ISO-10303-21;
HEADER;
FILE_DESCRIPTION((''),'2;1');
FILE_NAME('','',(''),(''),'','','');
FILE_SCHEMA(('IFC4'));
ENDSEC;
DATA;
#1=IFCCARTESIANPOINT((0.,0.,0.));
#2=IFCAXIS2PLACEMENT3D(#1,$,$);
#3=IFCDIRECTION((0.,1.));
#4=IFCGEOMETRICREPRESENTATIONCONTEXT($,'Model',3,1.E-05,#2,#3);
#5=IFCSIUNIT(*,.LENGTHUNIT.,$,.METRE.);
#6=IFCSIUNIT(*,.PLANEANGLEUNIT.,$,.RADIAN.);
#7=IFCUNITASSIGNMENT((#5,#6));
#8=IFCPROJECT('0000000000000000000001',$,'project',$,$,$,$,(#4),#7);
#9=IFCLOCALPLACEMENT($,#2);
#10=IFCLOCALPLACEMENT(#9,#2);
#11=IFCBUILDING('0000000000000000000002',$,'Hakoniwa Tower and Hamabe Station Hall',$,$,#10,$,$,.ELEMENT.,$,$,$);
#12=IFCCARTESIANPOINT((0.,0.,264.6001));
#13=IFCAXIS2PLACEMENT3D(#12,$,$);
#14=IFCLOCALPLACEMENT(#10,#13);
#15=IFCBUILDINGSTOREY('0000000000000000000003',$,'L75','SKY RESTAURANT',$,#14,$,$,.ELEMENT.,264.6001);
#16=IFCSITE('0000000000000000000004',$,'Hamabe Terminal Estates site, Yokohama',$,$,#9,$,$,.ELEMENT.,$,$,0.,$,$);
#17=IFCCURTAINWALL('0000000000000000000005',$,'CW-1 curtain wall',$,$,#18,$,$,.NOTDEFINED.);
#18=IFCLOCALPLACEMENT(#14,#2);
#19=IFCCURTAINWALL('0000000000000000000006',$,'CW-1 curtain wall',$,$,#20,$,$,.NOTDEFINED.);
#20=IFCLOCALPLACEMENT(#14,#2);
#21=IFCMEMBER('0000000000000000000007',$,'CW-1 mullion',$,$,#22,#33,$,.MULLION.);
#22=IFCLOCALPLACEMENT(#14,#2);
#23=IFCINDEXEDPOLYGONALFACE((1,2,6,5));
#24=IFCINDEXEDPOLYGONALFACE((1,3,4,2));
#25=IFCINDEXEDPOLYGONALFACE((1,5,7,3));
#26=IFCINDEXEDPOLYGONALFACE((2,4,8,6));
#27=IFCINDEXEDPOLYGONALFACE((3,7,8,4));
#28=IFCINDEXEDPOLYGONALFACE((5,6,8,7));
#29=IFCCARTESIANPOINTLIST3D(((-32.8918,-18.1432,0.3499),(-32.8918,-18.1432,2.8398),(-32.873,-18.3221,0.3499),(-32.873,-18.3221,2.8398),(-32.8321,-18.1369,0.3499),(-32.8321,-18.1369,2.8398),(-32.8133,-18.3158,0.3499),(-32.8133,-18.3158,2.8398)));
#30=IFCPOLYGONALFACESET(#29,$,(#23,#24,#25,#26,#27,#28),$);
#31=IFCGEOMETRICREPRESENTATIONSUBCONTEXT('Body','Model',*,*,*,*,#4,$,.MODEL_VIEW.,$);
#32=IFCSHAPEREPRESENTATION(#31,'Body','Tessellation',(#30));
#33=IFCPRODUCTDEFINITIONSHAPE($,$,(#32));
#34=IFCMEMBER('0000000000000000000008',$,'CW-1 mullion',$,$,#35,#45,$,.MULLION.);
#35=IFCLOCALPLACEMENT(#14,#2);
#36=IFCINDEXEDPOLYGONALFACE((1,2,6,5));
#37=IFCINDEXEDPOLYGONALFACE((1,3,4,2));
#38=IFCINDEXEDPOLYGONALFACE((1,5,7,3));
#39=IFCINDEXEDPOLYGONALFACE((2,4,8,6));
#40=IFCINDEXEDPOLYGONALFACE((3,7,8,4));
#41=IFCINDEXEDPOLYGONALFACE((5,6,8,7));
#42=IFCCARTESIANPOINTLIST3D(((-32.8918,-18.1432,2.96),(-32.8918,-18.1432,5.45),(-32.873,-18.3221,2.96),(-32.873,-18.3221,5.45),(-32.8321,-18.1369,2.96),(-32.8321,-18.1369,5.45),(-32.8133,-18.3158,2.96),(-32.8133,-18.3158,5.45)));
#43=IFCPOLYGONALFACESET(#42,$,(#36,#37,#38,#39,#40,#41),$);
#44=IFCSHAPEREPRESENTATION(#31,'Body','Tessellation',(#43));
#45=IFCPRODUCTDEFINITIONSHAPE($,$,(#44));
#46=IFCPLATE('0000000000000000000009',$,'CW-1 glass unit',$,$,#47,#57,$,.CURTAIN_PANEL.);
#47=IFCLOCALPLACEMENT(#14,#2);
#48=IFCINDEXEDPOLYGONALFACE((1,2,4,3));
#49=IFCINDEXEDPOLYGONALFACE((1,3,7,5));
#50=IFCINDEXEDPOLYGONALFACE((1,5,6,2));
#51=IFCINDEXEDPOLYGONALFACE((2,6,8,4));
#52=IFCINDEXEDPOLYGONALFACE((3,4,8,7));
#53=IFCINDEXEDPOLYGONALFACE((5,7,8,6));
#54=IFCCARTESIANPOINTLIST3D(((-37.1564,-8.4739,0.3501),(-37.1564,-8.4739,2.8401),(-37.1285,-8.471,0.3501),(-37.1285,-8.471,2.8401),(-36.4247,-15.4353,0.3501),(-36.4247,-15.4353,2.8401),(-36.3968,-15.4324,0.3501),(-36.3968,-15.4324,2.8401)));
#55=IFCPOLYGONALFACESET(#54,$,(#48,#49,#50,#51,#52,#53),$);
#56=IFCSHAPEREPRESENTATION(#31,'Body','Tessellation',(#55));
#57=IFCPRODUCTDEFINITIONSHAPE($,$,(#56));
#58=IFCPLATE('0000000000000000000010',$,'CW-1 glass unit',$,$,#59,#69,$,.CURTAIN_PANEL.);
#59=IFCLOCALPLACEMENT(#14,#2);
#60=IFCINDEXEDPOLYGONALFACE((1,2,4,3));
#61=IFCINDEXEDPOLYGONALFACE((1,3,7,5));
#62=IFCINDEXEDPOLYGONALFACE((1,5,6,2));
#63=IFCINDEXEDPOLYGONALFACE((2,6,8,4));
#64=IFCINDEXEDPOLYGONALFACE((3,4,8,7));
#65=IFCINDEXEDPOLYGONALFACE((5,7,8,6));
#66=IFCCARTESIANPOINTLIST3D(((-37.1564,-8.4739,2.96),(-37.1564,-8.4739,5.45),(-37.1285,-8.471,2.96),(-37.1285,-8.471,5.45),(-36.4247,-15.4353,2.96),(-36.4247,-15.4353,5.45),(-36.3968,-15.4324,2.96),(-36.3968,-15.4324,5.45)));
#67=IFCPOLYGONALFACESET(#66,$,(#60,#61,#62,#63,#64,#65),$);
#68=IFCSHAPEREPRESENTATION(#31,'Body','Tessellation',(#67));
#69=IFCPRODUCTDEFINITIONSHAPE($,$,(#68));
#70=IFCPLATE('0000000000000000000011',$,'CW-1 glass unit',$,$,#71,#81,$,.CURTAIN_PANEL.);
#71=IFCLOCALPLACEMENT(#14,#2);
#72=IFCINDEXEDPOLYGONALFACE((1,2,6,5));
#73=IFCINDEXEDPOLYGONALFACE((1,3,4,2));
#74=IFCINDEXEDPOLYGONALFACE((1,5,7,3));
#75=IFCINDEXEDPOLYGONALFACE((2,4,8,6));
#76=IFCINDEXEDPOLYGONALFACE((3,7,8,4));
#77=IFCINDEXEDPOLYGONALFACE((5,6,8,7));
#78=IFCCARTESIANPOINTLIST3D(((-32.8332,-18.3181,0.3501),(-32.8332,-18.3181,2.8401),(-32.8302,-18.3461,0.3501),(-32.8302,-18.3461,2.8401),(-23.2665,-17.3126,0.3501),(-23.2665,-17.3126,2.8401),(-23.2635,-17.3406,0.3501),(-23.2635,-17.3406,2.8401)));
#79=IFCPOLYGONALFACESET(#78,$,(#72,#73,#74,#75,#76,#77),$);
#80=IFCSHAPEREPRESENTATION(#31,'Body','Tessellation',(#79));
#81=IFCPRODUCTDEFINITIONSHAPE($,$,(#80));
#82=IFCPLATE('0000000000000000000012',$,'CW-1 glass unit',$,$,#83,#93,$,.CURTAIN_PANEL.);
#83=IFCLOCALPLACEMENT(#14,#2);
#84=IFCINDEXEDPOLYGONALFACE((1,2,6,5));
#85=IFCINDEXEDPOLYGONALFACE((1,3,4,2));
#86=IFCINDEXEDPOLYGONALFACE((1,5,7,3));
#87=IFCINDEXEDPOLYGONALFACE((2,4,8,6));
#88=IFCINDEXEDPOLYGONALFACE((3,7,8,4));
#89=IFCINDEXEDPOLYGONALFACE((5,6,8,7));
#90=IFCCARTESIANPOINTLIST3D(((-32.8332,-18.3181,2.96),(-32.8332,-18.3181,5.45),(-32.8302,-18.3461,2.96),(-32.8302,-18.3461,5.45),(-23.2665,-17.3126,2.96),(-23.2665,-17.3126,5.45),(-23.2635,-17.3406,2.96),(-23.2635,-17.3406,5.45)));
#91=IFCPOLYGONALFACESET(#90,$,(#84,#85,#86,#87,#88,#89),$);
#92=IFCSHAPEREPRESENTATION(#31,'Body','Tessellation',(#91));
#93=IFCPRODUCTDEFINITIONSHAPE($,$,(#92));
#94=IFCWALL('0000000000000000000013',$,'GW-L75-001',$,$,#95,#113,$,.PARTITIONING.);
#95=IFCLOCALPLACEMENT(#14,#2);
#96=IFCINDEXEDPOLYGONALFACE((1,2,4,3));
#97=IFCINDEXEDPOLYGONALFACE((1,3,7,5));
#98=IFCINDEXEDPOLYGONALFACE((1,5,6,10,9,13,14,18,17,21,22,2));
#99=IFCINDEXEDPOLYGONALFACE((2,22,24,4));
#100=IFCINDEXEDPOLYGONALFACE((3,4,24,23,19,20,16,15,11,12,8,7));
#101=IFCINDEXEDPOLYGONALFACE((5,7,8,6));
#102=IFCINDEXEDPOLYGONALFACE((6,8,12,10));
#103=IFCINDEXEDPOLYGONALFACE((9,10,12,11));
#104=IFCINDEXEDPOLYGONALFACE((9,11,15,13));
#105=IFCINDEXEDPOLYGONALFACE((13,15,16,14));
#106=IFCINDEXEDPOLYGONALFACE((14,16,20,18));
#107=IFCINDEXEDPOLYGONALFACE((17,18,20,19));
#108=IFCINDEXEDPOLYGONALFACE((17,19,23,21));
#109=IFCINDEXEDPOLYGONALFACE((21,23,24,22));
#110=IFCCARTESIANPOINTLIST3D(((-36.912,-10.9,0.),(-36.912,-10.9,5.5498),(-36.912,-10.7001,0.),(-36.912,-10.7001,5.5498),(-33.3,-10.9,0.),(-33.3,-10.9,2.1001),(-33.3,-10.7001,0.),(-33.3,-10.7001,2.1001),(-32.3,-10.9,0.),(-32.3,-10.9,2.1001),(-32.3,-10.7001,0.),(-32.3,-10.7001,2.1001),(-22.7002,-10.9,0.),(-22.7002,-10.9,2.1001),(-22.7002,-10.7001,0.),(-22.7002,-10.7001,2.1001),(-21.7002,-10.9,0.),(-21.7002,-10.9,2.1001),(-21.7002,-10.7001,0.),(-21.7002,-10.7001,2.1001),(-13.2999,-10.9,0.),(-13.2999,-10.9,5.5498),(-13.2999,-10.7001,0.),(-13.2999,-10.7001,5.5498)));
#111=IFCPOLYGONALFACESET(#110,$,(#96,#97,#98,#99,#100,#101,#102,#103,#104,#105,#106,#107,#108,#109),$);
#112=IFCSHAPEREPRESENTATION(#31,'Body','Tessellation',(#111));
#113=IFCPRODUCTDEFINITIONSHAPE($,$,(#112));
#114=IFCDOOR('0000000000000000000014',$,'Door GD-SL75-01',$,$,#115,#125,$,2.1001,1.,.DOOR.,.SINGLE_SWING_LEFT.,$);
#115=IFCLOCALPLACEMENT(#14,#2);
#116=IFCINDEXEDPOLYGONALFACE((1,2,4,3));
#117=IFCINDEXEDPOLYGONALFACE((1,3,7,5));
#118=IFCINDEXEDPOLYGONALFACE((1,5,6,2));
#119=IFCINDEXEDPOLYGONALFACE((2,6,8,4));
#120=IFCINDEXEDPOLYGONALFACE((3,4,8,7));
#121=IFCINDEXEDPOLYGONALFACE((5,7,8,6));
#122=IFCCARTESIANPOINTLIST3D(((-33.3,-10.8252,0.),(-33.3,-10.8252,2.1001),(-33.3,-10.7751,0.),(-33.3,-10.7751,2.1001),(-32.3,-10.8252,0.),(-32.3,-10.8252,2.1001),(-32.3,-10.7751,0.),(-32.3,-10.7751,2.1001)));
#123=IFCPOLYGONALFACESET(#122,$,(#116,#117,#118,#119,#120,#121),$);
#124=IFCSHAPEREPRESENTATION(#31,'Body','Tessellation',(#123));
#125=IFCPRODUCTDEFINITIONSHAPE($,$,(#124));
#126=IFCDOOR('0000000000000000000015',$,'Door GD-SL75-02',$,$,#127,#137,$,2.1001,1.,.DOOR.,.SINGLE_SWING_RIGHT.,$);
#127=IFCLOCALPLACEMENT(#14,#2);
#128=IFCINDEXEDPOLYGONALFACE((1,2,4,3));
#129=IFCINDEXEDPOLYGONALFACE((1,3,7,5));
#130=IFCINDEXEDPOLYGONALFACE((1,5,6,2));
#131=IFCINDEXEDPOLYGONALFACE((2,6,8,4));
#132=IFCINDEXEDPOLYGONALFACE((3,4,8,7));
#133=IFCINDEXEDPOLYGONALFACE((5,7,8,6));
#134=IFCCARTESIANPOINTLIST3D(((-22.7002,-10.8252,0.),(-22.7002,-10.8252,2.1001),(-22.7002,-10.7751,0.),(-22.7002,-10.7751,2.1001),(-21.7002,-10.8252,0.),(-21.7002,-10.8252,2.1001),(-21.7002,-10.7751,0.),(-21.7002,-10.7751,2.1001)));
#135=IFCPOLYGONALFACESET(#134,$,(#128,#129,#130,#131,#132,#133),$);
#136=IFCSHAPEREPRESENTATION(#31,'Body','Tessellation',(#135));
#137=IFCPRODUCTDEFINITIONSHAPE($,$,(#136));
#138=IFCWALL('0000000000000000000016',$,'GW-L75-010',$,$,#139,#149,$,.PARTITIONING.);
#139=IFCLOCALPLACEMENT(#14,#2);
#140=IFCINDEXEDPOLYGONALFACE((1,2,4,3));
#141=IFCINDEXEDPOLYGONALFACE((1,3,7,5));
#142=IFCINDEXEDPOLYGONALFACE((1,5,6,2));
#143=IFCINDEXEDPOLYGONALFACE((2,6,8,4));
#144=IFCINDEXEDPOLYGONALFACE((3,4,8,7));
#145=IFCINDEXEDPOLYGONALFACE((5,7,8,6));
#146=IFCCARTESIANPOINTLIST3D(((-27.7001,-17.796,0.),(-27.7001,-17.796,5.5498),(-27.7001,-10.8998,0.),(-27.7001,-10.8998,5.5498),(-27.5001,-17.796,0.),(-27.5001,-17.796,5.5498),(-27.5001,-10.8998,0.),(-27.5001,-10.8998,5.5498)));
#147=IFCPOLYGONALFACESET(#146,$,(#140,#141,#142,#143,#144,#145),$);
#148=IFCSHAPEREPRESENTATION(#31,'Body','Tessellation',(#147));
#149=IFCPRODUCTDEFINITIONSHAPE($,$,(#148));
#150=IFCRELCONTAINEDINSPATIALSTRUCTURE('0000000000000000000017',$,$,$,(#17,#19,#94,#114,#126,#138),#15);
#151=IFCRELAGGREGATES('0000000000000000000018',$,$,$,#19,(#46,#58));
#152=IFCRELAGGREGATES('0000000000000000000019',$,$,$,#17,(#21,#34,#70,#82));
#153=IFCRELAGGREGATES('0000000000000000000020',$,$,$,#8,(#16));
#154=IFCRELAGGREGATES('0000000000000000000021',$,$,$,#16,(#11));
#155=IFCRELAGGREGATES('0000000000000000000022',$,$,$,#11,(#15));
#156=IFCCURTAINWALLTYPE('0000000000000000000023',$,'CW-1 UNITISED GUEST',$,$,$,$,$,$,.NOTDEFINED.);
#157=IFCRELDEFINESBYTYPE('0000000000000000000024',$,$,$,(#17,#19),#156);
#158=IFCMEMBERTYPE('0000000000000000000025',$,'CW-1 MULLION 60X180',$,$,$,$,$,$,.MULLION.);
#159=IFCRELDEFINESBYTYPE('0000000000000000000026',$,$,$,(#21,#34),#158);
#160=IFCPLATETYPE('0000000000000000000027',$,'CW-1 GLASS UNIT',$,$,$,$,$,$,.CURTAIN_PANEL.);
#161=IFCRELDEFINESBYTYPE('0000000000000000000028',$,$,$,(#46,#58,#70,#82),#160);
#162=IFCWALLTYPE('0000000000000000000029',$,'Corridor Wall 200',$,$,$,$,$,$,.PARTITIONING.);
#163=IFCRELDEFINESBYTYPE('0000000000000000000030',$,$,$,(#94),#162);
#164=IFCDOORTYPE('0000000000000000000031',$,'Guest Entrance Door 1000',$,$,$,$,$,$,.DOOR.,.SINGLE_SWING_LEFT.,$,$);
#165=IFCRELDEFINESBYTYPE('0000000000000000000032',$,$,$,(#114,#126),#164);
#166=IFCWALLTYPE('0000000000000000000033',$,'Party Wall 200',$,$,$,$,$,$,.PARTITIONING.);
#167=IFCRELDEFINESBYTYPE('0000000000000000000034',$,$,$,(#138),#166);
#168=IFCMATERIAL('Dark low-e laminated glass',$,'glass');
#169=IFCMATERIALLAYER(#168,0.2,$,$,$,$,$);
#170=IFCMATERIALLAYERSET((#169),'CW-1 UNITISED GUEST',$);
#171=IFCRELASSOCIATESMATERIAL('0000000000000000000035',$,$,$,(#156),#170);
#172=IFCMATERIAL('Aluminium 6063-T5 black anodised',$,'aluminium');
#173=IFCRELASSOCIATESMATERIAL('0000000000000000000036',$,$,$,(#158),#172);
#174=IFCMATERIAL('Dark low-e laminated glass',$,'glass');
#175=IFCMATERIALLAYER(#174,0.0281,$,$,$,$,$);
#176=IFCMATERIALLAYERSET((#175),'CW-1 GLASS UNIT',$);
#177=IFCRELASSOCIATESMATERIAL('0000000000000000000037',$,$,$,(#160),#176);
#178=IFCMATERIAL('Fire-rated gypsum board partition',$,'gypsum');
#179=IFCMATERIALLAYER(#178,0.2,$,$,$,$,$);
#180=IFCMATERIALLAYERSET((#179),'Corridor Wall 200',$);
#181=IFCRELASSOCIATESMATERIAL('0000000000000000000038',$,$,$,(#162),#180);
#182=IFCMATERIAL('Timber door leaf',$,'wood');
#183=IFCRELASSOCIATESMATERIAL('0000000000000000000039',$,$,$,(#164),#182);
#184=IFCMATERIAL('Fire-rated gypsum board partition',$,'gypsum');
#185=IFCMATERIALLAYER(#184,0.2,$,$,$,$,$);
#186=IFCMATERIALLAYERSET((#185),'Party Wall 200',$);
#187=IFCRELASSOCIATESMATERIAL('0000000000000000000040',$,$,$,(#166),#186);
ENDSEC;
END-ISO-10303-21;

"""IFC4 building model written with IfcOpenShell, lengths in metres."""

from ifc_helpers import new_model, si_unit, direction, frame, frame_2d, origin, origin_2d, place, context, subcontext, project, spatial, rectangle, extrude, material, layer, layer_set, material_profile, profile_set, type_object, element, fill, aggregate, save


model = new_model("IFC4")

# Units and contexts
model_context = context("Model", 3, precision=1e-05, world=origin(), true_north=direction((0.0, 1.0)))
body_context = subcontext(model_context, "Body", "Model", "MODEL_VIEW")
ifc_project = project(units=[si_unit("LENGTHUNIT", "METRE"), si_unit("PLANEANGLEUNIT", "RADIAN")], contexts=[model_context])

# Site, building, storey
site_placement = place(None, origin())
site = spatial("IfcSite", under=ifc_project, at=site_placement, Name="Hamabe Terminal Estates site, Yokohama", CompositionType="ELEMENT", RefElevation=0.0)
building_placement = place(site_placement, origin())
building = spatial("IfcBuilding", under=site, at=building_placement, Name="Hakoniwa Tower and Hamabe Station Hall", CompositionType="ELEMENT")
storey_placement = place(building_placement, frame((0.0, 0.0, 264.6001)))
storey = spatial("IfcBuildingStorey", under=building, at=storey_placement, Name="L75", Description="SKY RESTAURANT", CompositionType="ELEMENT", Elevation=264.6001)

# Curtain walls
ifc_material_1 = material(Name="Dark low-e laminated glass", Category="glass")
ifc_layer_1 = layer(ifc_material_1, 0.2)
ifc_layer_set_1 = layer_set([ifc_layer_1], Name="CW-1 UNITISED GUEST")
curtain_wall_type = type_object("IfcCurtainWallType", Name="CW-1 UNITISED GUEST", PredefinedType="NOTDEFINED", material=ifc_layer_set_1)
curtain_wall_1_placement = place(storey_placement, origin())
curtain_wall_1 = element("IfcCurtainWall", 1, at=curtain_wall_1_placement, inside=storey, type_object=curtain_wall_type, Name="CW-1 curtain wall", PredefinedType="NOTDEFINED")
curtain_wall_2_placement = place(storey_placement, origin())
curtain_wall_2 = element("IfcCurtainWall", 2, at=curtain_wall_2_placement, inside=storey, type_object=curtain_wall_type, Name="CW-1 curtain wall", PredefinedType="NOTDEFINED")
ifc_material_2 = material(Name="Aluminium 6063-T5 black anodised", Category="aluminium")
ifc_material_profile_1 = material_profile(ifc_material_2, rectangle(XDim=0.0601, YDim=0.1799, at=origin_2d()), Name="CW-1 MULLION 60X180")
ifc_profile_set_1 = profile_set([ifc_material_profile_1], Name="Aluminium 6063-T5 black anodised")
member_type_1 = type_object("IfcMemberType", Name="CW-1 MULLION 60X180", PredefinedType="MULLION", material=ifc_profile_set_1)

# Members
member_1_placement = place(storey_placement, frame((-32.8525, -18.2295, 0.3499), z_axis=(0.0, 0.0, 1.0), x_axis=(0.994522, 0.104528, 0.0)))
member_1 = element("IfcMember", 3, at=member_1_placement, type_object=member_type_1, Name="CW-1 mullion", PredefinedType="MULLION", context=body_context, shape_type="SweptSolid", body=[
    extrude(rectangle(XDim=0.0601, YDim=0.1799, at=origin_2d()), origin(), (0.0, 0.0, 1.0), 2.49),
])
member_2_placement = place(storey_placement, frame((-32.8525, -18.2295, 2.96), z_axis=(0.0, 0.0, 1.0), x_axis=(0.994522, 0.104528, 0.0)))
member_2 = element("IfcMember", 4, at=member_2_placement, type_object=member_type_1, Name="CW-1 mullion", PredefinedType="MULLION", context=body_context, shape_type="SweptSolid", body=[
    extrude(rectangle(XDim=0.0601, YDim=0.1799, at=origin_2d()), origin(), (0.0, 0.0, 1.0), 2.49),
])

# Plates
ifc_material_3 = material(Name="Dark low-e laminated glass", Category="glass")
ifc_layer_2 = layer(ifc_material_3, 0.0281)
ifc_layer_set_2 = layer_set([ifc_layer_2], Name="CW-1 GLASS UNIT")
plate_type = type_object("IfcPlateType", Name="CW-1 GLASS UNIT", PredefinedType="CURTAIN_PANEL", material=ifc_layer_set_2)
plate_1_placement = place(storey_placement, frame((-36.7766, -11.9531, 0.3501), z_axis=(0.0, 0.0, 1.0), x_axis=(0.104528, -0.994522, 0.0)))
plate_1 = element("IfcPlate", 5, at=plate_1_placement, type_object=plate_type, Name="CW-1 glass unit", PredefinedType="CURTAIN_PANEL", context=body_context, shape_type="SweptSolid", body=[
    extrude(rectangle(XDim=6.9998, YDim=0.0281, at=origin_2d()), origin(), (0.0, 0.0, 1.0), 2.49),
])
plate_2_placement = place(storey_placement, frame((-36.7766, -11.9531, 2.96), z_axis=(0.0, 0.0, 1.0), x_axis=(0.104528, -0.994522, 0.0)))
plate_2 = element("IfcPlate", 6, at=plate_2_placement, type_object=plate_type, Name="CW-1 glass unit", PredefinedType="CURTAIN_PANEL", context=body_context, shape_type="SweptSolid", body=[
    extrude(rectangle(XDim=6.9998, YDim=0.0281, at=origin_2d()), origin(), (0.0, 0.0, 1.0), 2.49),
])
aggregate(curtain_wall_2, [plate_1, plate_2])
plate_3_placement = place(storey_placement, frame((-28.0483, -17.8293, 0.3501), z_axis=(0.0, 0.0, 1.0), x_axis=(0.994522, 0.104528, 0.0)))
plate_3 = element("IfcPlate", 7, at=plate_3_placement, type_object=plate_type, Name="CW-1 glass unit", PredefinedType="CURTAIN_PANEL", context=body_context, shape_type="SweptSolid", body=[
    extrude(rectangle(XDim=9.6194, YDim=0.0281, at=origin_2d()), origin(), (0.0, 0.0, 1.0), 2.49),
])
plate_4_placement = place(storey_placement, frame((-28.0483, -17.8293, 2.96), z_axis=(0.0, 0.0, 1.0), x_axis=(0.994522, 0.104528, 0.0)))
plate_4 = element("IfcPlate", 8, at=plate_4_placement, type_object=plate_type, Name="CW-1 glass unit", PredefinedType="CURTAIN_PANEL", context=body_context, shape_type="SweptSolid", body=[
    extrude(rectangle(XDim=9.6194, YDim=0.0281, at=origin_2d()), origin(), (0.0, 0.0, 1.0), 2.49),
])
aggregate(curtain_wall_1, [member_1, member_2, plate_3, plate_4])

# Wall, openings, doors
ifc_material_4 = material(Name="Fire-rated gypsum board partition", Category="gypsum")
ifc_layer_3 = layer(ifc_material_4, 0.2)
ifc_layer_set_3 = layer_set([ifc_layer_3], Name="Corridor Wall 200")
wall_type_1 = type_object("IfcWallType", Name="Corridor Wall 200", PredefinedType="PARTITIONING", material=ifc_layer_set_3)
wall_1_placement = place(storey_placement, frame((-36.9121, -10.8, 0.0), z_axis=(0.0, 0.0, 1.0), x_axis=(1.0, 0.0, 0.0)))
wall_1 = element("IfcWall", 9, at=wall_1_placement, inside=storey, type_object=wall_type_1, Name="GW-L75-001", PredefinedType="PARTITIONING", context=body_context, shape_type="SweptSolid", body=[
    extrude(rectangle(XDim=23.6121, YDim=0.2, at=frame_2d((11.8062, 0.0))), origin(), (0.0, 0.0, 1.0), 5.5498),
])
opening_1_placement = place(wall_1_placement, frame((3.6121, 0.0, 0.0)))
opening_1 = element("IfcOpeningElement", 10, at=opening_1_placement, cuts=wall_1, PredefinedType="OPENING", context=body_context, shape_type="SweptSolid", body=[
    extrude(rectangle(XDim=1.0, YDim=2.1001, at=frame_2d((0.5, 1.05))), frame((0.0, 0.1099, 0.0), z_axis=(0.0, -1.0, 0.0), x_axis=(1.0, 0.0, 0.0)), (0.0, 0.0, 1.0), 0.22),
])
opening_2_placement = place(wall_1_placement, frame((14.2119, 0.0, 0.0)))
opening_2 = element("IfcOpeningElement", 11, at=opening_2_placement, cuts=wall_1, PredefinedType="OPENING", context=body_context, shape_type="SweptSolid", body=[
    extrude(rectangle(XDim=1.0, YDim=2.1001, at=frame_2d((0.5, 1.05))), frame((0.0, 0.1099, 0.0), z_axis=(0.0, -1.0, 0.0), x_axis=(1.0, 0.0, 0.0)), (0.0, 0.0, 1.0), 0.22),
])
ifc_material_5 = material(Name="Timber door leaf", Category="wood")
door_type = type_object("IfcDoorType", Name="Guest Entrance Door 1000", OperationType="SINGLE_SWING_LEFT", PredefinedType="DOOR", material=ifc_material_5)
door_1_placement = place(opening_1_placement, origin())
door_1 = element("IfcDoor", 12, at=door_1_placement, inside=storey, type_object=door_type, Name="Door GD-SL75-01", OperationType="SINGLE_SWING_LEFT", OverallHeight=2.1001, OverallWidth=1.0, PredefinedType="DOOR", context=body_context, shape_type="SweptSolid", body=[
    extrude(rectangle(XDim=1.0, YDim=2.1001, at=frame_2d((0.5, 1.05))), frame((0.0, 0.0249, 0.0), z_axis=(0.0, -1.0, 0.0), x_axis=(1.0, 0.0, 0.0)), (0.0, 0.0, 1.0), 0.05),
])
fill(opening_1, door_1)
door_2_placement = place(opening_2_placement, origin())
door_2 = element("IfcDoor", 13, at=door_2_placement, inside=storey, type_object=door_type, Name="Door GD-SL75-02", OperationType="SINGLE_SWING_RIGHT", OverallHeight=2.1001, OverallWidth=1.0, PredefinedType="DOOR", context=body_context, shape_type="SweptSolid", body=[
    extrude(rectangle(XDim=1.0, YDim=2.1001, at=frame_2d((0.5, 1.05))), frame((0.0, 0.0249, 0.0), z_axis=(0.0, -1.0, 0.0), x_axis=(1.0, 0.0, 0.0)), (0.0, 0.0, 1.0), 0.05),
])
fill(opening_2, door_2)

# Wall
ifc_material_6 = material(Name="Fire-rated gypsum board partition", Category="gypsum")
ifc_layer_4 = layer(ifc_material_6, 0.2)
ifc_layer_set_4 = layer_set([ifc_layer_4], Name="Party Wall 200")
wall_type_2 = type_object("IfcWallType", Name="Party Wall 200", PredefinedType="PARTITIONING", material=ifc_layer_set_4)
wall_2_placement = place(storey_placement, frame((-27.6001, -17.7961, 0.0), z_axis=(0.0, 0.0, 1.0), x_axis=(0.0, 1.0, 0.0)))
element("IfcWall", 14, at=wall_2_placement, inside=storey, type_object=wall_type_2, Name="GW-L75-010", PredefinedType="PARTITIONING", context=body_context, shape_type="SweptSolid", body=[
    extrude(rectangle(XDim=6.8962, YDim=0.2, at=frame_2d((3.4482, 0.0))), origin(), (0.0, 0.0, 1.0), 5.5498),
])

save(model, "model.ifc")
